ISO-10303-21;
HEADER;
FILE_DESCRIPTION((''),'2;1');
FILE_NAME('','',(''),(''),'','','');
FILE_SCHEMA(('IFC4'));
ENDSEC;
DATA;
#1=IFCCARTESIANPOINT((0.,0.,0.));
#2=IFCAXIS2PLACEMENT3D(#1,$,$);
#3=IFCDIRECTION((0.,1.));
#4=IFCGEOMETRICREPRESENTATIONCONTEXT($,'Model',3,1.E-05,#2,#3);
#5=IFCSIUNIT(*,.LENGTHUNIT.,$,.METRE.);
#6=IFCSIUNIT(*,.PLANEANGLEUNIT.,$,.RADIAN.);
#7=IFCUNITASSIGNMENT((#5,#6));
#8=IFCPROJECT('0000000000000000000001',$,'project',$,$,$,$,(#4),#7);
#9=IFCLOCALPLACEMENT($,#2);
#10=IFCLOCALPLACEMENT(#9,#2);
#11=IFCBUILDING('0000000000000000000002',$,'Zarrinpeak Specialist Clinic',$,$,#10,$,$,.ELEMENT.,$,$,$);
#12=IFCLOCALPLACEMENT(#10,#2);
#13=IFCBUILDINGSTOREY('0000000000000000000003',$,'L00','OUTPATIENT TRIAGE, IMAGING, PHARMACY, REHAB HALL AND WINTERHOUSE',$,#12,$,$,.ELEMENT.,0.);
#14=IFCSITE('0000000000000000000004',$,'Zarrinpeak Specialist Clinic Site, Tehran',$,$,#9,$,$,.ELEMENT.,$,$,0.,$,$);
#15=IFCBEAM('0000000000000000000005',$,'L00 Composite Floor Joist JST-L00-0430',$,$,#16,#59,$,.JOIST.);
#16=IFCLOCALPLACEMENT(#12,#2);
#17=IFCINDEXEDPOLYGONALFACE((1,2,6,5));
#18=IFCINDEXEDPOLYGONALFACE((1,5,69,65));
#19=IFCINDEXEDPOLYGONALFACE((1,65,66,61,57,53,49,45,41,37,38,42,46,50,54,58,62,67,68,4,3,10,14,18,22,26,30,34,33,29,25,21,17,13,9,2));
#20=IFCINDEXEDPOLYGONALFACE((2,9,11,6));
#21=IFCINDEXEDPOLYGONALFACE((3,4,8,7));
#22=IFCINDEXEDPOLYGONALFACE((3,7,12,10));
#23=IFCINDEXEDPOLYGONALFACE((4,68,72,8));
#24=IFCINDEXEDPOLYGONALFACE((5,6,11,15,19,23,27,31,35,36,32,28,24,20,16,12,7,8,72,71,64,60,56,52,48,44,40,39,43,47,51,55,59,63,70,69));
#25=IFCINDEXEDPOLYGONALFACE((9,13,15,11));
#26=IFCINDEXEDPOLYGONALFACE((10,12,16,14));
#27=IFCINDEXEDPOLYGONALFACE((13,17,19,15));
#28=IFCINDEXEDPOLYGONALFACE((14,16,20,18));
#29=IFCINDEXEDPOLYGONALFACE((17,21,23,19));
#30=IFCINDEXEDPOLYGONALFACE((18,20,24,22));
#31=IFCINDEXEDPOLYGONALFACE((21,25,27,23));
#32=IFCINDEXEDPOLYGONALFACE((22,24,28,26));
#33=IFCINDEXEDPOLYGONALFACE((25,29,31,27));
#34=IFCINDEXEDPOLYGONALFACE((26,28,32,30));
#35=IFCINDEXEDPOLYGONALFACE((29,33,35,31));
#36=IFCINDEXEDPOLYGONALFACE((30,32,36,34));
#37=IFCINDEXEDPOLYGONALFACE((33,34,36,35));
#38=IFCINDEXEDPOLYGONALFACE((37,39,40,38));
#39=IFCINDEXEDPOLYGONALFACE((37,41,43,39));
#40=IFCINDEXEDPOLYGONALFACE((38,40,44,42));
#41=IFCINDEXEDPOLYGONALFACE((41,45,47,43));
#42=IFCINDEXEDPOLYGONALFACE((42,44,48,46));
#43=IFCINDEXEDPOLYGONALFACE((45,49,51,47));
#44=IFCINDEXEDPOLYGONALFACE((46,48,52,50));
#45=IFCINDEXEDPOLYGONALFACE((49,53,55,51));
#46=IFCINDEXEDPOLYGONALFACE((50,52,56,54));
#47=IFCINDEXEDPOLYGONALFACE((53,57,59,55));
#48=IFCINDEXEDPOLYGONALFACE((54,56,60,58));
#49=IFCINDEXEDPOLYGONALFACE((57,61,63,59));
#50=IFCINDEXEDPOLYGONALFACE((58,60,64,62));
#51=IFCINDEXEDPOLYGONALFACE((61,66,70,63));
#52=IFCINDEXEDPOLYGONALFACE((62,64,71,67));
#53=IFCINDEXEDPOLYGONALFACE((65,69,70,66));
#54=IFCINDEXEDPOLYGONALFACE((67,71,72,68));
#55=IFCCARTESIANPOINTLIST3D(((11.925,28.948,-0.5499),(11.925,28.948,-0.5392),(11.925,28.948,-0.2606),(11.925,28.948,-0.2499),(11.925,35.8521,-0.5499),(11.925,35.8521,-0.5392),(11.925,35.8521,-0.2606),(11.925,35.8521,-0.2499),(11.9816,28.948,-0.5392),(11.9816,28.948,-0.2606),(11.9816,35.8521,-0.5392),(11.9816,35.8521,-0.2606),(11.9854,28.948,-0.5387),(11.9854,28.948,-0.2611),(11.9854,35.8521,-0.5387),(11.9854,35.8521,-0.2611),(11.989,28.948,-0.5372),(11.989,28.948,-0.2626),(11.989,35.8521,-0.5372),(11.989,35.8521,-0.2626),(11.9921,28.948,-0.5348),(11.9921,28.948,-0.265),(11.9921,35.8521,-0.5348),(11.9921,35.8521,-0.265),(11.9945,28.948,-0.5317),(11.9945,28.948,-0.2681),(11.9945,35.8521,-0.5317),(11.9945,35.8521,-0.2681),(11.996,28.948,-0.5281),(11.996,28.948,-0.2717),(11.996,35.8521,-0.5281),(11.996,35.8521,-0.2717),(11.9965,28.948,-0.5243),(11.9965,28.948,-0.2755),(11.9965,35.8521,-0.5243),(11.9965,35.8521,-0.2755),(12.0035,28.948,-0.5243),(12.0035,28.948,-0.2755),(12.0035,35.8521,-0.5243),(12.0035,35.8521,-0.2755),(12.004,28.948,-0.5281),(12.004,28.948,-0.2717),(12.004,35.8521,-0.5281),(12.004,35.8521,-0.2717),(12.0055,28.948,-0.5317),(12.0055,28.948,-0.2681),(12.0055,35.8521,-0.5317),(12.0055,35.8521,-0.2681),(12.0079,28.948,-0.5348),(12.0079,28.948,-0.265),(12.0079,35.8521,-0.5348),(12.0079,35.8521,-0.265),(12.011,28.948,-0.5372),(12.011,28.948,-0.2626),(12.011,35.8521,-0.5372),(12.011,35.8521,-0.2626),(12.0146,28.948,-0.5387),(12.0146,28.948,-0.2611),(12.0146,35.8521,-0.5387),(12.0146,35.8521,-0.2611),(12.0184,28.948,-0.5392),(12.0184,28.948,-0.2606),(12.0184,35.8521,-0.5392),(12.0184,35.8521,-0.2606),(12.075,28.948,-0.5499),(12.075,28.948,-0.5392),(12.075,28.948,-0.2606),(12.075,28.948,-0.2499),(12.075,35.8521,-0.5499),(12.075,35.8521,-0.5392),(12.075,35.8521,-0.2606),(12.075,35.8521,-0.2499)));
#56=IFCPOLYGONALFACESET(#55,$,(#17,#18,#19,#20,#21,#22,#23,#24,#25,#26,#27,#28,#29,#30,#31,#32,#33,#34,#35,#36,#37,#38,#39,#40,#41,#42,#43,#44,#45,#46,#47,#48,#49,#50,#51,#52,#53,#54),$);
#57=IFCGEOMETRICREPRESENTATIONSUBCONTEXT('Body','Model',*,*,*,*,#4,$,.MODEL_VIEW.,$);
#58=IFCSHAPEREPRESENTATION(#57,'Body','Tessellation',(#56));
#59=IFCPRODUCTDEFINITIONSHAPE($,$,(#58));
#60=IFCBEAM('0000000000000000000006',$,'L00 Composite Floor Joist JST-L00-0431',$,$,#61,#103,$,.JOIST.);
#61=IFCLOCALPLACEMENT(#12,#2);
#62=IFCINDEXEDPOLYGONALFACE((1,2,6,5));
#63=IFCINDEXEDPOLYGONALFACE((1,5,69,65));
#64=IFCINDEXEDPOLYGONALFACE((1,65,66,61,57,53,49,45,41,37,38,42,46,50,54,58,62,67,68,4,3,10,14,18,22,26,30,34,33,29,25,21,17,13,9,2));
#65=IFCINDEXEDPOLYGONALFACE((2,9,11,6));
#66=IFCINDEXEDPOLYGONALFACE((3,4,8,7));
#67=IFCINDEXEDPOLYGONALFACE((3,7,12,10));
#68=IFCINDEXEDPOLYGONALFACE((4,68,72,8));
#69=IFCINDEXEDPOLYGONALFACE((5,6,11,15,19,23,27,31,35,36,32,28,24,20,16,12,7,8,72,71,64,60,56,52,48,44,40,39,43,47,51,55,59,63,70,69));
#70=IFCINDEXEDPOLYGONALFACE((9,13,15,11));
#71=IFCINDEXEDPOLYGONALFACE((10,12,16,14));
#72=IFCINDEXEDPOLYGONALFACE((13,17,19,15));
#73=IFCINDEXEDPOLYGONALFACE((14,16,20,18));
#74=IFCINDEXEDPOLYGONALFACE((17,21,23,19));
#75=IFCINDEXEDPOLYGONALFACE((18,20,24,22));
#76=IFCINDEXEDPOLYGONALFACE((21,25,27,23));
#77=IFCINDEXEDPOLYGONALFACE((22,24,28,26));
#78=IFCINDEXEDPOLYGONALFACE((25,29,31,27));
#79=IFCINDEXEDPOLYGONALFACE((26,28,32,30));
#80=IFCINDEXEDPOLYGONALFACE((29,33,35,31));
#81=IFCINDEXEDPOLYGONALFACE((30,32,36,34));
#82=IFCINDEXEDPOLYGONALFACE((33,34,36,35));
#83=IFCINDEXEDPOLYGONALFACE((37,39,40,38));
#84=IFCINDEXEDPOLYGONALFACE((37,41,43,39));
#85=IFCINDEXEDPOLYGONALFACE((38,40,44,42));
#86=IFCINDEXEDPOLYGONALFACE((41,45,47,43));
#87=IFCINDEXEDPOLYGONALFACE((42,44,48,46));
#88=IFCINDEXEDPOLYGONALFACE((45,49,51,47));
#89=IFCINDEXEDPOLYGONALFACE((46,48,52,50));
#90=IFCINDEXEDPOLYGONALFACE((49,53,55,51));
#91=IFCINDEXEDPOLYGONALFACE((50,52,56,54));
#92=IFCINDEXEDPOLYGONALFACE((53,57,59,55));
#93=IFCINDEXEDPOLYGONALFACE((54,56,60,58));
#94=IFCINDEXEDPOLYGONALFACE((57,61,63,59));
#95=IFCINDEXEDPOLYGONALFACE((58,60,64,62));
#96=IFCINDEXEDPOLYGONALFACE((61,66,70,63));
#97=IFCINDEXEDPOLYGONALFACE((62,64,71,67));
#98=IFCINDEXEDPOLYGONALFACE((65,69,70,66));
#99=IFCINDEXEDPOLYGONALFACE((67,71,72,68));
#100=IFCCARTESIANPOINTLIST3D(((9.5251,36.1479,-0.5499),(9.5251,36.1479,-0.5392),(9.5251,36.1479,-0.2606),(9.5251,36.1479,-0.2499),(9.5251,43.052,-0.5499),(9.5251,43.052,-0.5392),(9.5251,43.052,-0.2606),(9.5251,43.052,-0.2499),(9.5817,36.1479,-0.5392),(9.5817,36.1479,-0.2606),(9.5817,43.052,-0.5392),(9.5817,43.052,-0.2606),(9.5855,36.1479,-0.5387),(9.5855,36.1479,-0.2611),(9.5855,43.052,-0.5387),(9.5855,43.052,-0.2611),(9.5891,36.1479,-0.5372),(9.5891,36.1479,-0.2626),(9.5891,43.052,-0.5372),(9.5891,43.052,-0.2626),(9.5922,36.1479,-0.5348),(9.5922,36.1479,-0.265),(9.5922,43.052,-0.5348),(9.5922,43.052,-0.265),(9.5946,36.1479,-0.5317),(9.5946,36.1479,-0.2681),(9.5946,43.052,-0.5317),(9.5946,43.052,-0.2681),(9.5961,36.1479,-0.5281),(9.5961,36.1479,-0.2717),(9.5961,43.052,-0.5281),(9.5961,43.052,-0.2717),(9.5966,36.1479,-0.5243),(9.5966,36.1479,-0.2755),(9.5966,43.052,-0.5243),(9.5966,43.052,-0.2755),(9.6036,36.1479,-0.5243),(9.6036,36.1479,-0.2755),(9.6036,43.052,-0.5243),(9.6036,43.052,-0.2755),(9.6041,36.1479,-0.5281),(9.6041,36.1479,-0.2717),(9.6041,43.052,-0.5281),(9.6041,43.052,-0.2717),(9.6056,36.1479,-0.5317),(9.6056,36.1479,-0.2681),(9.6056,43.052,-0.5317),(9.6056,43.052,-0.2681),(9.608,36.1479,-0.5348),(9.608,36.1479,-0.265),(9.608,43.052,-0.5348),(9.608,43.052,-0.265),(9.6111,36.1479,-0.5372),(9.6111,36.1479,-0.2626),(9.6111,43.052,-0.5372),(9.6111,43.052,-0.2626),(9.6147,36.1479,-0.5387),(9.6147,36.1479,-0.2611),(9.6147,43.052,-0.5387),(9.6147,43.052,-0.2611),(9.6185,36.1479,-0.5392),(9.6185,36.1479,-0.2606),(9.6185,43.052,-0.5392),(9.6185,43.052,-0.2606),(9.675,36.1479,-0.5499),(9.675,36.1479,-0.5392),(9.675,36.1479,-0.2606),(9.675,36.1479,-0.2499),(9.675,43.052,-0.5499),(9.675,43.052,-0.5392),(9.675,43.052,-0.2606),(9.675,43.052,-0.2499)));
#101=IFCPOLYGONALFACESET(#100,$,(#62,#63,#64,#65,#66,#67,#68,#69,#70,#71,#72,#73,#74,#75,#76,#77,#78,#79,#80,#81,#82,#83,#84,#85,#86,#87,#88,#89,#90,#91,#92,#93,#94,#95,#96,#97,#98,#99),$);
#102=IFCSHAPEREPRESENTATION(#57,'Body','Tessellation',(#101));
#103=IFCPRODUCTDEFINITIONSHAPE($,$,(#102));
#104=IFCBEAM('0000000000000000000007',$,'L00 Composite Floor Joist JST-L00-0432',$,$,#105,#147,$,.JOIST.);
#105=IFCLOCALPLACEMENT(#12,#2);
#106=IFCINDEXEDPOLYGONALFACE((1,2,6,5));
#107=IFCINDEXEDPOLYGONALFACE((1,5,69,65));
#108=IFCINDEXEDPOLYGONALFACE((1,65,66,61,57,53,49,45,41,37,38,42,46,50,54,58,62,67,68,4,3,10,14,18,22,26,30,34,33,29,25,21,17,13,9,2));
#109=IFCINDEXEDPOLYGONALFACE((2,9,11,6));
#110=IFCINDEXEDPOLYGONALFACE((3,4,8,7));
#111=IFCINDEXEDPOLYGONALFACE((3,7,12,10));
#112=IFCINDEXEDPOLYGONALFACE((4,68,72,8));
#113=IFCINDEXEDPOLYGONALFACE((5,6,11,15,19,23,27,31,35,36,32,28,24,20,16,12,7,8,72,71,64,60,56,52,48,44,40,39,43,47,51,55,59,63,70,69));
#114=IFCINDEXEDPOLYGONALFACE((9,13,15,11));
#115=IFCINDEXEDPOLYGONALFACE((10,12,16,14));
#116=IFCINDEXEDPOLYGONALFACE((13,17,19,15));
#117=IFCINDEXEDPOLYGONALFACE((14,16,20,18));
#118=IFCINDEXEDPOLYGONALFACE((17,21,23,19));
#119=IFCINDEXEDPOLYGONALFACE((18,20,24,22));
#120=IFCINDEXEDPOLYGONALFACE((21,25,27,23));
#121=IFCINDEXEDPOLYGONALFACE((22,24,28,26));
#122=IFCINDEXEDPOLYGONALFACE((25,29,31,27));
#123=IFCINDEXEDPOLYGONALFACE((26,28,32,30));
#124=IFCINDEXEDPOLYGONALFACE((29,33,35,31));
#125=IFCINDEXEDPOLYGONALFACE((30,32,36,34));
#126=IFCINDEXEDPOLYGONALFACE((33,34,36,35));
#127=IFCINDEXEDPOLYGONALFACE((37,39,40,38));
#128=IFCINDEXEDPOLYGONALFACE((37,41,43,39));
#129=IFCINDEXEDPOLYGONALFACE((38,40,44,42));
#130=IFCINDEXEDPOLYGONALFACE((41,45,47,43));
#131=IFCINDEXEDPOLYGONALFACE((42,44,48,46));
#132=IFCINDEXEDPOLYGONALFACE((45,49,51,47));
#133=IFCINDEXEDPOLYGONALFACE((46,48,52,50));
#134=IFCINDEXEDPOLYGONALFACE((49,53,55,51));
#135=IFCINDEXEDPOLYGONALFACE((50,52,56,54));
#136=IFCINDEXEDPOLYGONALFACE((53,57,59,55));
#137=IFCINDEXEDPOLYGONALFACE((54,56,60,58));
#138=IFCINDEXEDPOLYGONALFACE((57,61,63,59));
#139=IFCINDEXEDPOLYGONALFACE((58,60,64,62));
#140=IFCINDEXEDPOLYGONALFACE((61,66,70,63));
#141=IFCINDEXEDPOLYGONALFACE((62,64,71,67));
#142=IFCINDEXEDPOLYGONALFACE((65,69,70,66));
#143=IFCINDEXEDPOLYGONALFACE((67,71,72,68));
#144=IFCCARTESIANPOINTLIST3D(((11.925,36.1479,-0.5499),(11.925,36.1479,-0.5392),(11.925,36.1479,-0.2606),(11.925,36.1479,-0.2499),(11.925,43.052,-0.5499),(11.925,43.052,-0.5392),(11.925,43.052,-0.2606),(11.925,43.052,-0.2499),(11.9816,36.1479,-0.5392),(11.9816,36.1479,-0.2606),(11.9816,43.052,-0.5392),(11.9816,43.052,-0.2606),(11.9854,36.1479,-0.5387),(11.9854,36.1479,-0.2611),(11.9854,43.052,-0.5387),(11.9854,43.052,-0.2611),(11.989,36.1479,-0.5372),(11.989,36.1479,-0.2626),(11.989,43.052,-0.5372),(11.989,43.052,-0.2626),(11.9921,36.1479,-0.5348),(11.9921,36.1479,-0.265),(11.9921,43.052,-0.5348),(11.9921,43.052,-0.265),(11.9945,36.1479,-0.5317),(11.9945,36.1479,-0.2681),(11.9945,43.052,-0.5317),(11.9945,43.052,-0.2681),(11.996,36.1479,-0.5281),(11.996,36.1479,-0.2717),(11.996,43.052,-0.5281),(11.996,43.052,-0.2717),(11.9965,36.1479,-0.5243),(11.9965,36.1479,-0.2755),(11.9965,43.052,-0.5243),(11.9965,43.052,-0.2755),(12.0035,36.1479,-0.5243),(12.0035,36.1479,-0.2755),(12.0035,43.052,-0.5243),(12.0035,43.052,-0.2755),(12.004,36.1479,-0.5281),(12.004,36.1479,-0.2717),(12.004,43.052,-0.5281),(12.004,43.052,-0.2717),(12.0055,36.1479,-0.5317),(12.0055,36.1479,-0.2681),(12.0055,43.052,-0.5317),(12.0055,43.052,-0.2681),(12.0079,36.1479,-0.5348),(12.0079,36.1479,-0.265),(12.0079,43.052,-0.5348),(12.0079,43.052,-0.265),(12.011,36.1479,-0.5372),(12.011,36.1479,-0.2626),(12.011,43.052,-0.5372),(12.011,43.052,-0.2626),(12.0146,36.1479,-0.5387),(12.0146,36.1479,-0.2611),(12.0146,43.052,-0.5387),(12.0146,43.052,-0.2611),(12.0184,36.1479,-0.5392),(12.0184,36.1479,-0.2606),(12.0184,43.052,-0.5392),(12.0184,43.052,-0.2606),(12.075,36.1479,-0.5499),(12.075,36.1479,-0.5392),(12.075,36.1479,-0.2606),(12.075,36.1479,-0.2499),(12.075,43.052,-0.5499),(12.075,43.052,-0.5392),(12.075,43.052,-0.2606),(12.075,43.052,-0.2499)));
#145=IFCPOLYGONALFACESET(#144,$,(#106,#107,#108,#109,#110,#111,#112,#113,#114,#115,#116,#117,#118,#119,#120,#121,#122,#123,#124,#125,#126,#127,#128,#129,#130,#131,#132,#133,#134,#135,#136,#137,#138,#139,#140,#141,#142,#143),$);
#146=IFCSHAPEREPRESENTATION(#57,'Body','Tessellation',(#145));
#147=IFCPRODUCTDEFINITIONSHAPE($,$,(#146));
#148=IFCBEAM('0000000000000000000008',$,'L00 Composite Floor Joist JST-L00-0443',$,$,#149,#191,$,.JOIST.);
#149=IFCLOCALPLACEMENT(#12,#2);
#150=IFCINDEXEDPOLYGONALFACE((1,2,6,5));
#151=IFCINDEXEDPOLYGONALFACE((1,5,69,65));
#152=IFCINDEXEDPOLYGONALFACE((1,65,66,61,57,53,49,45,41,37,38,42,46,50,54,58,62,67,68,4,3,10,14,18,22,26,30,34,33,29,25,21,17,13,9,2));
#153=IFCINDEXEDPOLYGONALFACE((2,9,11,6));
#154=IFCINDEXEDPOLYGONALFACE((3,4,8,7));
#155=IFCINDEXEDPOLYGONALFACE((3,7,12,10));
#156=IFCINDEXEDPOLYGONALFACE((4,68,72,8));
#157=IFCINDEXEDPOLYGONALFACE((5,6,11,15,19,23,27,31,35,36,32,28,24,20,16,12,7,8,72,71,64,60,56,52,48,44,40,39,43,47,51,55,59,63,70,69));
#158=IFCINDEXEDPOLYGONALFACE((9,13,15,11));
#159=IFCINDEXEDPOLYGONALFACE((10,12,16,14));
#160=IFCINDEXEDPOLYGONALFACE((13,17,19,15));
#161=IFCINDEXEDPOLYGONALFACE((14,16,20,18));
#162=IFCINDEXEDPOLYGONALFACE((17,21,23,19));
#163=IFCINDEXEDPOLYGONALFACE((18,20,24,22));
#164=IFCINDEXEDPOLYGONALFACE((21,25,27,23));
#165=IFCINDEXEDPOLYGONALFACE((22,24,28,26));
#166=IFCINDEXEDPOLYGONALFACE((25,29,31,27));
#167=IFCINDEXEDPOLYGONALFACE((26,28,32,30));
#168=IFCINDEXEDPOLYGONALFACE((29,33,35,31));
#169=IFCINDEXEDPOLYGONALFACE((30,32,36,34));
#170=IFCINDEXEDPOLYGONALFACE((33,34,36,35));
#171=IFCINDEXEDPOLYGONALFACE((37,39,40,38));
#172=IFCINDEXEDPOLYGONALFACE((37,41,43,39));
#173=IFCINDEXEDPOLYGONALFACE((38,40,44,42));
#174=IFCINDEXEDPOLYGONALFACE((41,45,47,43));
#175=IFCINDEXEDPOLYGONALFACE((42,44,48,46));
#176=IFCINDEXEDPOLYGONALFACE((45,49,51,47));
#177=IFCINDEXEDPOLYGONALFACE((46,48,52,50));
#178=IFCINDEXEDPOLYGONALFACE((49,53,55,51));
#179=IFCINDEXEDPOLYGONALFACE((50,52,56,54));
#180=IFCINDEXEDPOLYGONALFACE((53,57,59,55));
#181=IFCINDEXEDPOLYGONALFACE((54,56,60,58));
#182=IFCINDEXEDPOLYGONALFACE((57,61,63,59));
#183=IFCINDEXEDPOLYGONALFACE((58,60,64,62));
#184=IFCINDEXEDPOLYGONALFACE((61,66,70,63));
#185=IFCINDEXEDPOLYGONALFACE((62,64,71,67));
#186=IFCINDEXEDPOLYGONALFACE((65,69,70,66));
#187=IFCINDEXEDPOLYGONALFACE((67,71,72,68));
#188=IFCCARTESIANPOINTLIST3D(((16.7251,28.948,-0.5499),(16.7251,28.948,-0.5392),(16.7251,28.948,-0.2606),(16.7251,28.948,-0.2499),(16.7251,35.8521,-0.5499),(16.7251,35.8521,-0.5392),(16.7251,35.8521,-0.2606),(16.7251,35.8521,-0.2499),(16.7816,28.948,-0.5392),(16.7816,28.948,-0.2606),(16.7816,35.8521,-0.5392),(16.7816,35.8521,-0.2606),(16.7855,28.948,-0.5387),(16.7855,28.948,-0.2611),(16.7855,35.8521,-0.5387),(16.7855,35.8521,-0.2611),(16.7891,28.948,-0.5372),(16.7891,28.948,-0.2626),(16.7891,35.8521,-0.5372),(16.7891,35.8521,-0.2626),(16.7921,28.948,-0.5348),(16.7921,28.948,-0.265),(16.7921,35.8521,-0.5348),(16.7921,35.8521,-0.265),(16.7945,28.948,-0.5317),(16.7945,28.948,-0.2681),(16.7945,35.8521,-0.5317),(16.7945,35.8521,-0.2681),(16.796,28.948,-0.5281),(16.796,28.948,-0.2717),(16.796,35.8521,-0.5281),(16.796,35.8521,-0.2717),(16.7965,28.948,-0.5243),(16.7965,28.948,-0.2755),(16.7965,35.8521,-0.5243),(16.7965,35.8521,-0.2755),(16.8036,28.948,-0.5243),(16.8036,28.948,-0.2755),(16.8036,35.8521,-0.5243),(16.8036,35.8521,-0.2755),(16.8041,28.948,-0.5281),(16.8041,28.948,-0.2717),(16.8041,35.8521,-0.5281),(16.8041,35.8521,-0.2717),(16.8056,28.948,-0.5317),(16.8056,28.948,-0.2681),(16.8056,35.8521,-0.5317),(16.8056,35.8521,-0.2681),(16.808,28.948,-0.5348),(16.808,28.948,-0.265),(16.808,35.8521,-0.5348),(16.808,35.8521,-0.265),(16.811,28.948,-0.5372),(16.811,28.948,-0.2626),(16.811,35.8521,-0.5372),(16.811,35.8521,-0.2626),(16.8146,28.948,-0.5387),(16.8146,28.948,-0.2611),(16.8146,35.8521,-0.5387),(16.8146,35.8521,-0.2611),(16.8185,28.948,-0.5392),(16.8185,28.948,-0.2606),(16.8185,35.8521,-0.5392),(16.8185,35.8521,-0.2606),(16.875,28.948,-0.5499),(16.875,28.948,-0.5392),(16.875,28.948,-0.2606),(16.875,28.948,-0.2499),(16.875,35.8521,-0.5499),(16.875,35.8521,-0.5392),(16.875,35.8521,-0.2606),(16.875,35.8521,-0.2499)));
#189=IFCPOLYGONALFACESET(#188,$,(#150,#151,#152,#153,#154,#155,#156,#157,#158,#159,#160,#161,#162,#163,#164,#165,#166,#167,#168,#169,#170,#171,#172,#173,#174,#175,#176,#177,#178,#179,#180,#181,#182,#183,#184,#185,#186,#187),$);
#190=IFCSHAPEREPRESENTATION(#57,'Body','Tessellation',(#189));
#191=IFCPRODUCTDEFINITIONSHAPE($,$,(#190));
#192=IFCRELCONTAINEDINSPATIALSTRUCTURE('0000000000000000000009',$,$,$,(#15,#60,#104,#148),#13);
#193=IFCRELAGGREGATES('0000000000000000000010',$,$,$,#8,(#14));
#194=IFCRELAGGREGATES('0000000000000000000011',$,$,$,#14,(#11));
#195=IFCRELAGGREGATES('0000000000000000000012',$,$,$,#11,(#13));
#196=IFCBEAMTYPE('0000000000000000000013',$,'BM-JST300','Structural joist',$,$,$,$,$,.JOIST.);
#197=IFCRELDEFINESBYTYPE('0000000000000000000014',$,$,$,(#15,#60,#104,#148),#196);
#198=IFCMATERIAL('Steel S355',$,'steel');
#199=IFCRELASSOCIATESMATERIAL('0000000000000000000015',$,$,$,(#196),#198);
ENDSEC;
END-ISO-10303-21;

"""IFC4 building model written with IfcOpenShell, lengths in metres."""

from ifc_helpers import new_model, si_unit, direction, frame, origin, origin_2d, place, context, subcontext, project, spatial, i_section, extrude, material, material_profile, profile_set, type_object, element, save


model = new_model("IFC4")

# Units and contexts
model_context = context("Model", 3, precision=1e-05, world=origin(), true_north=direction((0.0, 1.0)))
body_context = subcontext(model_context, "Body", "Model", "MODEL_VIEW")
ifc_project = project(units=[si_unit("LENGTHUNIT", "METRE"), si_unit("PLANEANGLEUNIT", "RADIAN")], contexts=[model_context])

# Site, building, storey
site_placement = place(None, origin())
site = spatial("IfcSite", under=ifc_project, at=site_placement, Name="Zarrinpeak Specialist Clinic Site, Tehran", CompositionType="ELEMENT", RefElevation=0.0)
building_placement = place(site_placement, origin())
building = spatial("IfcBuilding", under=site, at=building_placement, Name="Zarrinpeak Specialist Clinic", CompositionType="ELEMENT")
storey_placement = place(building_placement, origin())
storey = spatial("IfcBuildingStorey", under=building, at=storey_placement, Name="L00", Description="OUTPATIENT TRIAGE, IMAGING, PHARMACY, REHAB HALL AND WINTERHOUSE", CompositionType="ELEMENT", Elevation=0.0)

# Shared definitions
ifc_material_1 = material(Name="Steel S355", Category="steel")

# Beams
ifc_material_profile_1 = material_profile(ifc_material_1, i_section(OverallWidth=0.1499, OverallDepth=0.3, WebThickness=0.0071, FlangeThickness=0.0107, FilletRadius=0.0149, at=origin_2d()), Name="IPE 300")
ifc_profile_set_1 = profile_set([ifc_material_profile_1], Name="Steel S355")
beam_type_1 = type_object("IfcBeamType", Name="BM-JST300", Description="Structural joist", PredefinedType="JOIST", material=ifc_profile_set_1)
for number, where, z_axis, x_axis, name in (
    (1, (12.0, 28.948, -0.3999), (0.0, 1.0, 0.0), (-1.0, 0.0, 0.0), "L00 Composite Floor Joist JST-L00-0430"),
    (2, (9.6001, 36.1479, -0.3999), (0.0, 1.0, 0.0), (-1.0, 0.0, 0.0), "L00 Composite Floor Joist JST-L00-0431"),
    (3, (12.0, 36.1479, -0.3999), (0.0, 1.0, 0.0), (-1.0, 0.0, 0.0), "L00 Composite Floor Joist JST-L00-0432"),
    (4, (16.8, 28.948, -0.3999), (0.0, 1.0, 0.0), (-1.0, 0.0, 0.0), "L00 Composite Floor Joist JST-L00-0443"),
):
    element("IfcBeam", number, at=place(storey_placement, frame(where, z_axis=z_axis, x_axis=x_axis)), inside=storey, type_object=beam_type_1, Name=name, PredefinedType="JOIST", context=body_context, shape_type="SweptSolid", body=[
        extrude(i_section(OverallWidth=0.1499, OverallDepth=0.3, WebThickness=0.0071, FlangeThickness=0.0107, FilletRadius=0.0149, at=origin_2d()), origin(), (0.0, 0.0, 1.0), 6.9041),
    ])

save(model, "model.ifc")
